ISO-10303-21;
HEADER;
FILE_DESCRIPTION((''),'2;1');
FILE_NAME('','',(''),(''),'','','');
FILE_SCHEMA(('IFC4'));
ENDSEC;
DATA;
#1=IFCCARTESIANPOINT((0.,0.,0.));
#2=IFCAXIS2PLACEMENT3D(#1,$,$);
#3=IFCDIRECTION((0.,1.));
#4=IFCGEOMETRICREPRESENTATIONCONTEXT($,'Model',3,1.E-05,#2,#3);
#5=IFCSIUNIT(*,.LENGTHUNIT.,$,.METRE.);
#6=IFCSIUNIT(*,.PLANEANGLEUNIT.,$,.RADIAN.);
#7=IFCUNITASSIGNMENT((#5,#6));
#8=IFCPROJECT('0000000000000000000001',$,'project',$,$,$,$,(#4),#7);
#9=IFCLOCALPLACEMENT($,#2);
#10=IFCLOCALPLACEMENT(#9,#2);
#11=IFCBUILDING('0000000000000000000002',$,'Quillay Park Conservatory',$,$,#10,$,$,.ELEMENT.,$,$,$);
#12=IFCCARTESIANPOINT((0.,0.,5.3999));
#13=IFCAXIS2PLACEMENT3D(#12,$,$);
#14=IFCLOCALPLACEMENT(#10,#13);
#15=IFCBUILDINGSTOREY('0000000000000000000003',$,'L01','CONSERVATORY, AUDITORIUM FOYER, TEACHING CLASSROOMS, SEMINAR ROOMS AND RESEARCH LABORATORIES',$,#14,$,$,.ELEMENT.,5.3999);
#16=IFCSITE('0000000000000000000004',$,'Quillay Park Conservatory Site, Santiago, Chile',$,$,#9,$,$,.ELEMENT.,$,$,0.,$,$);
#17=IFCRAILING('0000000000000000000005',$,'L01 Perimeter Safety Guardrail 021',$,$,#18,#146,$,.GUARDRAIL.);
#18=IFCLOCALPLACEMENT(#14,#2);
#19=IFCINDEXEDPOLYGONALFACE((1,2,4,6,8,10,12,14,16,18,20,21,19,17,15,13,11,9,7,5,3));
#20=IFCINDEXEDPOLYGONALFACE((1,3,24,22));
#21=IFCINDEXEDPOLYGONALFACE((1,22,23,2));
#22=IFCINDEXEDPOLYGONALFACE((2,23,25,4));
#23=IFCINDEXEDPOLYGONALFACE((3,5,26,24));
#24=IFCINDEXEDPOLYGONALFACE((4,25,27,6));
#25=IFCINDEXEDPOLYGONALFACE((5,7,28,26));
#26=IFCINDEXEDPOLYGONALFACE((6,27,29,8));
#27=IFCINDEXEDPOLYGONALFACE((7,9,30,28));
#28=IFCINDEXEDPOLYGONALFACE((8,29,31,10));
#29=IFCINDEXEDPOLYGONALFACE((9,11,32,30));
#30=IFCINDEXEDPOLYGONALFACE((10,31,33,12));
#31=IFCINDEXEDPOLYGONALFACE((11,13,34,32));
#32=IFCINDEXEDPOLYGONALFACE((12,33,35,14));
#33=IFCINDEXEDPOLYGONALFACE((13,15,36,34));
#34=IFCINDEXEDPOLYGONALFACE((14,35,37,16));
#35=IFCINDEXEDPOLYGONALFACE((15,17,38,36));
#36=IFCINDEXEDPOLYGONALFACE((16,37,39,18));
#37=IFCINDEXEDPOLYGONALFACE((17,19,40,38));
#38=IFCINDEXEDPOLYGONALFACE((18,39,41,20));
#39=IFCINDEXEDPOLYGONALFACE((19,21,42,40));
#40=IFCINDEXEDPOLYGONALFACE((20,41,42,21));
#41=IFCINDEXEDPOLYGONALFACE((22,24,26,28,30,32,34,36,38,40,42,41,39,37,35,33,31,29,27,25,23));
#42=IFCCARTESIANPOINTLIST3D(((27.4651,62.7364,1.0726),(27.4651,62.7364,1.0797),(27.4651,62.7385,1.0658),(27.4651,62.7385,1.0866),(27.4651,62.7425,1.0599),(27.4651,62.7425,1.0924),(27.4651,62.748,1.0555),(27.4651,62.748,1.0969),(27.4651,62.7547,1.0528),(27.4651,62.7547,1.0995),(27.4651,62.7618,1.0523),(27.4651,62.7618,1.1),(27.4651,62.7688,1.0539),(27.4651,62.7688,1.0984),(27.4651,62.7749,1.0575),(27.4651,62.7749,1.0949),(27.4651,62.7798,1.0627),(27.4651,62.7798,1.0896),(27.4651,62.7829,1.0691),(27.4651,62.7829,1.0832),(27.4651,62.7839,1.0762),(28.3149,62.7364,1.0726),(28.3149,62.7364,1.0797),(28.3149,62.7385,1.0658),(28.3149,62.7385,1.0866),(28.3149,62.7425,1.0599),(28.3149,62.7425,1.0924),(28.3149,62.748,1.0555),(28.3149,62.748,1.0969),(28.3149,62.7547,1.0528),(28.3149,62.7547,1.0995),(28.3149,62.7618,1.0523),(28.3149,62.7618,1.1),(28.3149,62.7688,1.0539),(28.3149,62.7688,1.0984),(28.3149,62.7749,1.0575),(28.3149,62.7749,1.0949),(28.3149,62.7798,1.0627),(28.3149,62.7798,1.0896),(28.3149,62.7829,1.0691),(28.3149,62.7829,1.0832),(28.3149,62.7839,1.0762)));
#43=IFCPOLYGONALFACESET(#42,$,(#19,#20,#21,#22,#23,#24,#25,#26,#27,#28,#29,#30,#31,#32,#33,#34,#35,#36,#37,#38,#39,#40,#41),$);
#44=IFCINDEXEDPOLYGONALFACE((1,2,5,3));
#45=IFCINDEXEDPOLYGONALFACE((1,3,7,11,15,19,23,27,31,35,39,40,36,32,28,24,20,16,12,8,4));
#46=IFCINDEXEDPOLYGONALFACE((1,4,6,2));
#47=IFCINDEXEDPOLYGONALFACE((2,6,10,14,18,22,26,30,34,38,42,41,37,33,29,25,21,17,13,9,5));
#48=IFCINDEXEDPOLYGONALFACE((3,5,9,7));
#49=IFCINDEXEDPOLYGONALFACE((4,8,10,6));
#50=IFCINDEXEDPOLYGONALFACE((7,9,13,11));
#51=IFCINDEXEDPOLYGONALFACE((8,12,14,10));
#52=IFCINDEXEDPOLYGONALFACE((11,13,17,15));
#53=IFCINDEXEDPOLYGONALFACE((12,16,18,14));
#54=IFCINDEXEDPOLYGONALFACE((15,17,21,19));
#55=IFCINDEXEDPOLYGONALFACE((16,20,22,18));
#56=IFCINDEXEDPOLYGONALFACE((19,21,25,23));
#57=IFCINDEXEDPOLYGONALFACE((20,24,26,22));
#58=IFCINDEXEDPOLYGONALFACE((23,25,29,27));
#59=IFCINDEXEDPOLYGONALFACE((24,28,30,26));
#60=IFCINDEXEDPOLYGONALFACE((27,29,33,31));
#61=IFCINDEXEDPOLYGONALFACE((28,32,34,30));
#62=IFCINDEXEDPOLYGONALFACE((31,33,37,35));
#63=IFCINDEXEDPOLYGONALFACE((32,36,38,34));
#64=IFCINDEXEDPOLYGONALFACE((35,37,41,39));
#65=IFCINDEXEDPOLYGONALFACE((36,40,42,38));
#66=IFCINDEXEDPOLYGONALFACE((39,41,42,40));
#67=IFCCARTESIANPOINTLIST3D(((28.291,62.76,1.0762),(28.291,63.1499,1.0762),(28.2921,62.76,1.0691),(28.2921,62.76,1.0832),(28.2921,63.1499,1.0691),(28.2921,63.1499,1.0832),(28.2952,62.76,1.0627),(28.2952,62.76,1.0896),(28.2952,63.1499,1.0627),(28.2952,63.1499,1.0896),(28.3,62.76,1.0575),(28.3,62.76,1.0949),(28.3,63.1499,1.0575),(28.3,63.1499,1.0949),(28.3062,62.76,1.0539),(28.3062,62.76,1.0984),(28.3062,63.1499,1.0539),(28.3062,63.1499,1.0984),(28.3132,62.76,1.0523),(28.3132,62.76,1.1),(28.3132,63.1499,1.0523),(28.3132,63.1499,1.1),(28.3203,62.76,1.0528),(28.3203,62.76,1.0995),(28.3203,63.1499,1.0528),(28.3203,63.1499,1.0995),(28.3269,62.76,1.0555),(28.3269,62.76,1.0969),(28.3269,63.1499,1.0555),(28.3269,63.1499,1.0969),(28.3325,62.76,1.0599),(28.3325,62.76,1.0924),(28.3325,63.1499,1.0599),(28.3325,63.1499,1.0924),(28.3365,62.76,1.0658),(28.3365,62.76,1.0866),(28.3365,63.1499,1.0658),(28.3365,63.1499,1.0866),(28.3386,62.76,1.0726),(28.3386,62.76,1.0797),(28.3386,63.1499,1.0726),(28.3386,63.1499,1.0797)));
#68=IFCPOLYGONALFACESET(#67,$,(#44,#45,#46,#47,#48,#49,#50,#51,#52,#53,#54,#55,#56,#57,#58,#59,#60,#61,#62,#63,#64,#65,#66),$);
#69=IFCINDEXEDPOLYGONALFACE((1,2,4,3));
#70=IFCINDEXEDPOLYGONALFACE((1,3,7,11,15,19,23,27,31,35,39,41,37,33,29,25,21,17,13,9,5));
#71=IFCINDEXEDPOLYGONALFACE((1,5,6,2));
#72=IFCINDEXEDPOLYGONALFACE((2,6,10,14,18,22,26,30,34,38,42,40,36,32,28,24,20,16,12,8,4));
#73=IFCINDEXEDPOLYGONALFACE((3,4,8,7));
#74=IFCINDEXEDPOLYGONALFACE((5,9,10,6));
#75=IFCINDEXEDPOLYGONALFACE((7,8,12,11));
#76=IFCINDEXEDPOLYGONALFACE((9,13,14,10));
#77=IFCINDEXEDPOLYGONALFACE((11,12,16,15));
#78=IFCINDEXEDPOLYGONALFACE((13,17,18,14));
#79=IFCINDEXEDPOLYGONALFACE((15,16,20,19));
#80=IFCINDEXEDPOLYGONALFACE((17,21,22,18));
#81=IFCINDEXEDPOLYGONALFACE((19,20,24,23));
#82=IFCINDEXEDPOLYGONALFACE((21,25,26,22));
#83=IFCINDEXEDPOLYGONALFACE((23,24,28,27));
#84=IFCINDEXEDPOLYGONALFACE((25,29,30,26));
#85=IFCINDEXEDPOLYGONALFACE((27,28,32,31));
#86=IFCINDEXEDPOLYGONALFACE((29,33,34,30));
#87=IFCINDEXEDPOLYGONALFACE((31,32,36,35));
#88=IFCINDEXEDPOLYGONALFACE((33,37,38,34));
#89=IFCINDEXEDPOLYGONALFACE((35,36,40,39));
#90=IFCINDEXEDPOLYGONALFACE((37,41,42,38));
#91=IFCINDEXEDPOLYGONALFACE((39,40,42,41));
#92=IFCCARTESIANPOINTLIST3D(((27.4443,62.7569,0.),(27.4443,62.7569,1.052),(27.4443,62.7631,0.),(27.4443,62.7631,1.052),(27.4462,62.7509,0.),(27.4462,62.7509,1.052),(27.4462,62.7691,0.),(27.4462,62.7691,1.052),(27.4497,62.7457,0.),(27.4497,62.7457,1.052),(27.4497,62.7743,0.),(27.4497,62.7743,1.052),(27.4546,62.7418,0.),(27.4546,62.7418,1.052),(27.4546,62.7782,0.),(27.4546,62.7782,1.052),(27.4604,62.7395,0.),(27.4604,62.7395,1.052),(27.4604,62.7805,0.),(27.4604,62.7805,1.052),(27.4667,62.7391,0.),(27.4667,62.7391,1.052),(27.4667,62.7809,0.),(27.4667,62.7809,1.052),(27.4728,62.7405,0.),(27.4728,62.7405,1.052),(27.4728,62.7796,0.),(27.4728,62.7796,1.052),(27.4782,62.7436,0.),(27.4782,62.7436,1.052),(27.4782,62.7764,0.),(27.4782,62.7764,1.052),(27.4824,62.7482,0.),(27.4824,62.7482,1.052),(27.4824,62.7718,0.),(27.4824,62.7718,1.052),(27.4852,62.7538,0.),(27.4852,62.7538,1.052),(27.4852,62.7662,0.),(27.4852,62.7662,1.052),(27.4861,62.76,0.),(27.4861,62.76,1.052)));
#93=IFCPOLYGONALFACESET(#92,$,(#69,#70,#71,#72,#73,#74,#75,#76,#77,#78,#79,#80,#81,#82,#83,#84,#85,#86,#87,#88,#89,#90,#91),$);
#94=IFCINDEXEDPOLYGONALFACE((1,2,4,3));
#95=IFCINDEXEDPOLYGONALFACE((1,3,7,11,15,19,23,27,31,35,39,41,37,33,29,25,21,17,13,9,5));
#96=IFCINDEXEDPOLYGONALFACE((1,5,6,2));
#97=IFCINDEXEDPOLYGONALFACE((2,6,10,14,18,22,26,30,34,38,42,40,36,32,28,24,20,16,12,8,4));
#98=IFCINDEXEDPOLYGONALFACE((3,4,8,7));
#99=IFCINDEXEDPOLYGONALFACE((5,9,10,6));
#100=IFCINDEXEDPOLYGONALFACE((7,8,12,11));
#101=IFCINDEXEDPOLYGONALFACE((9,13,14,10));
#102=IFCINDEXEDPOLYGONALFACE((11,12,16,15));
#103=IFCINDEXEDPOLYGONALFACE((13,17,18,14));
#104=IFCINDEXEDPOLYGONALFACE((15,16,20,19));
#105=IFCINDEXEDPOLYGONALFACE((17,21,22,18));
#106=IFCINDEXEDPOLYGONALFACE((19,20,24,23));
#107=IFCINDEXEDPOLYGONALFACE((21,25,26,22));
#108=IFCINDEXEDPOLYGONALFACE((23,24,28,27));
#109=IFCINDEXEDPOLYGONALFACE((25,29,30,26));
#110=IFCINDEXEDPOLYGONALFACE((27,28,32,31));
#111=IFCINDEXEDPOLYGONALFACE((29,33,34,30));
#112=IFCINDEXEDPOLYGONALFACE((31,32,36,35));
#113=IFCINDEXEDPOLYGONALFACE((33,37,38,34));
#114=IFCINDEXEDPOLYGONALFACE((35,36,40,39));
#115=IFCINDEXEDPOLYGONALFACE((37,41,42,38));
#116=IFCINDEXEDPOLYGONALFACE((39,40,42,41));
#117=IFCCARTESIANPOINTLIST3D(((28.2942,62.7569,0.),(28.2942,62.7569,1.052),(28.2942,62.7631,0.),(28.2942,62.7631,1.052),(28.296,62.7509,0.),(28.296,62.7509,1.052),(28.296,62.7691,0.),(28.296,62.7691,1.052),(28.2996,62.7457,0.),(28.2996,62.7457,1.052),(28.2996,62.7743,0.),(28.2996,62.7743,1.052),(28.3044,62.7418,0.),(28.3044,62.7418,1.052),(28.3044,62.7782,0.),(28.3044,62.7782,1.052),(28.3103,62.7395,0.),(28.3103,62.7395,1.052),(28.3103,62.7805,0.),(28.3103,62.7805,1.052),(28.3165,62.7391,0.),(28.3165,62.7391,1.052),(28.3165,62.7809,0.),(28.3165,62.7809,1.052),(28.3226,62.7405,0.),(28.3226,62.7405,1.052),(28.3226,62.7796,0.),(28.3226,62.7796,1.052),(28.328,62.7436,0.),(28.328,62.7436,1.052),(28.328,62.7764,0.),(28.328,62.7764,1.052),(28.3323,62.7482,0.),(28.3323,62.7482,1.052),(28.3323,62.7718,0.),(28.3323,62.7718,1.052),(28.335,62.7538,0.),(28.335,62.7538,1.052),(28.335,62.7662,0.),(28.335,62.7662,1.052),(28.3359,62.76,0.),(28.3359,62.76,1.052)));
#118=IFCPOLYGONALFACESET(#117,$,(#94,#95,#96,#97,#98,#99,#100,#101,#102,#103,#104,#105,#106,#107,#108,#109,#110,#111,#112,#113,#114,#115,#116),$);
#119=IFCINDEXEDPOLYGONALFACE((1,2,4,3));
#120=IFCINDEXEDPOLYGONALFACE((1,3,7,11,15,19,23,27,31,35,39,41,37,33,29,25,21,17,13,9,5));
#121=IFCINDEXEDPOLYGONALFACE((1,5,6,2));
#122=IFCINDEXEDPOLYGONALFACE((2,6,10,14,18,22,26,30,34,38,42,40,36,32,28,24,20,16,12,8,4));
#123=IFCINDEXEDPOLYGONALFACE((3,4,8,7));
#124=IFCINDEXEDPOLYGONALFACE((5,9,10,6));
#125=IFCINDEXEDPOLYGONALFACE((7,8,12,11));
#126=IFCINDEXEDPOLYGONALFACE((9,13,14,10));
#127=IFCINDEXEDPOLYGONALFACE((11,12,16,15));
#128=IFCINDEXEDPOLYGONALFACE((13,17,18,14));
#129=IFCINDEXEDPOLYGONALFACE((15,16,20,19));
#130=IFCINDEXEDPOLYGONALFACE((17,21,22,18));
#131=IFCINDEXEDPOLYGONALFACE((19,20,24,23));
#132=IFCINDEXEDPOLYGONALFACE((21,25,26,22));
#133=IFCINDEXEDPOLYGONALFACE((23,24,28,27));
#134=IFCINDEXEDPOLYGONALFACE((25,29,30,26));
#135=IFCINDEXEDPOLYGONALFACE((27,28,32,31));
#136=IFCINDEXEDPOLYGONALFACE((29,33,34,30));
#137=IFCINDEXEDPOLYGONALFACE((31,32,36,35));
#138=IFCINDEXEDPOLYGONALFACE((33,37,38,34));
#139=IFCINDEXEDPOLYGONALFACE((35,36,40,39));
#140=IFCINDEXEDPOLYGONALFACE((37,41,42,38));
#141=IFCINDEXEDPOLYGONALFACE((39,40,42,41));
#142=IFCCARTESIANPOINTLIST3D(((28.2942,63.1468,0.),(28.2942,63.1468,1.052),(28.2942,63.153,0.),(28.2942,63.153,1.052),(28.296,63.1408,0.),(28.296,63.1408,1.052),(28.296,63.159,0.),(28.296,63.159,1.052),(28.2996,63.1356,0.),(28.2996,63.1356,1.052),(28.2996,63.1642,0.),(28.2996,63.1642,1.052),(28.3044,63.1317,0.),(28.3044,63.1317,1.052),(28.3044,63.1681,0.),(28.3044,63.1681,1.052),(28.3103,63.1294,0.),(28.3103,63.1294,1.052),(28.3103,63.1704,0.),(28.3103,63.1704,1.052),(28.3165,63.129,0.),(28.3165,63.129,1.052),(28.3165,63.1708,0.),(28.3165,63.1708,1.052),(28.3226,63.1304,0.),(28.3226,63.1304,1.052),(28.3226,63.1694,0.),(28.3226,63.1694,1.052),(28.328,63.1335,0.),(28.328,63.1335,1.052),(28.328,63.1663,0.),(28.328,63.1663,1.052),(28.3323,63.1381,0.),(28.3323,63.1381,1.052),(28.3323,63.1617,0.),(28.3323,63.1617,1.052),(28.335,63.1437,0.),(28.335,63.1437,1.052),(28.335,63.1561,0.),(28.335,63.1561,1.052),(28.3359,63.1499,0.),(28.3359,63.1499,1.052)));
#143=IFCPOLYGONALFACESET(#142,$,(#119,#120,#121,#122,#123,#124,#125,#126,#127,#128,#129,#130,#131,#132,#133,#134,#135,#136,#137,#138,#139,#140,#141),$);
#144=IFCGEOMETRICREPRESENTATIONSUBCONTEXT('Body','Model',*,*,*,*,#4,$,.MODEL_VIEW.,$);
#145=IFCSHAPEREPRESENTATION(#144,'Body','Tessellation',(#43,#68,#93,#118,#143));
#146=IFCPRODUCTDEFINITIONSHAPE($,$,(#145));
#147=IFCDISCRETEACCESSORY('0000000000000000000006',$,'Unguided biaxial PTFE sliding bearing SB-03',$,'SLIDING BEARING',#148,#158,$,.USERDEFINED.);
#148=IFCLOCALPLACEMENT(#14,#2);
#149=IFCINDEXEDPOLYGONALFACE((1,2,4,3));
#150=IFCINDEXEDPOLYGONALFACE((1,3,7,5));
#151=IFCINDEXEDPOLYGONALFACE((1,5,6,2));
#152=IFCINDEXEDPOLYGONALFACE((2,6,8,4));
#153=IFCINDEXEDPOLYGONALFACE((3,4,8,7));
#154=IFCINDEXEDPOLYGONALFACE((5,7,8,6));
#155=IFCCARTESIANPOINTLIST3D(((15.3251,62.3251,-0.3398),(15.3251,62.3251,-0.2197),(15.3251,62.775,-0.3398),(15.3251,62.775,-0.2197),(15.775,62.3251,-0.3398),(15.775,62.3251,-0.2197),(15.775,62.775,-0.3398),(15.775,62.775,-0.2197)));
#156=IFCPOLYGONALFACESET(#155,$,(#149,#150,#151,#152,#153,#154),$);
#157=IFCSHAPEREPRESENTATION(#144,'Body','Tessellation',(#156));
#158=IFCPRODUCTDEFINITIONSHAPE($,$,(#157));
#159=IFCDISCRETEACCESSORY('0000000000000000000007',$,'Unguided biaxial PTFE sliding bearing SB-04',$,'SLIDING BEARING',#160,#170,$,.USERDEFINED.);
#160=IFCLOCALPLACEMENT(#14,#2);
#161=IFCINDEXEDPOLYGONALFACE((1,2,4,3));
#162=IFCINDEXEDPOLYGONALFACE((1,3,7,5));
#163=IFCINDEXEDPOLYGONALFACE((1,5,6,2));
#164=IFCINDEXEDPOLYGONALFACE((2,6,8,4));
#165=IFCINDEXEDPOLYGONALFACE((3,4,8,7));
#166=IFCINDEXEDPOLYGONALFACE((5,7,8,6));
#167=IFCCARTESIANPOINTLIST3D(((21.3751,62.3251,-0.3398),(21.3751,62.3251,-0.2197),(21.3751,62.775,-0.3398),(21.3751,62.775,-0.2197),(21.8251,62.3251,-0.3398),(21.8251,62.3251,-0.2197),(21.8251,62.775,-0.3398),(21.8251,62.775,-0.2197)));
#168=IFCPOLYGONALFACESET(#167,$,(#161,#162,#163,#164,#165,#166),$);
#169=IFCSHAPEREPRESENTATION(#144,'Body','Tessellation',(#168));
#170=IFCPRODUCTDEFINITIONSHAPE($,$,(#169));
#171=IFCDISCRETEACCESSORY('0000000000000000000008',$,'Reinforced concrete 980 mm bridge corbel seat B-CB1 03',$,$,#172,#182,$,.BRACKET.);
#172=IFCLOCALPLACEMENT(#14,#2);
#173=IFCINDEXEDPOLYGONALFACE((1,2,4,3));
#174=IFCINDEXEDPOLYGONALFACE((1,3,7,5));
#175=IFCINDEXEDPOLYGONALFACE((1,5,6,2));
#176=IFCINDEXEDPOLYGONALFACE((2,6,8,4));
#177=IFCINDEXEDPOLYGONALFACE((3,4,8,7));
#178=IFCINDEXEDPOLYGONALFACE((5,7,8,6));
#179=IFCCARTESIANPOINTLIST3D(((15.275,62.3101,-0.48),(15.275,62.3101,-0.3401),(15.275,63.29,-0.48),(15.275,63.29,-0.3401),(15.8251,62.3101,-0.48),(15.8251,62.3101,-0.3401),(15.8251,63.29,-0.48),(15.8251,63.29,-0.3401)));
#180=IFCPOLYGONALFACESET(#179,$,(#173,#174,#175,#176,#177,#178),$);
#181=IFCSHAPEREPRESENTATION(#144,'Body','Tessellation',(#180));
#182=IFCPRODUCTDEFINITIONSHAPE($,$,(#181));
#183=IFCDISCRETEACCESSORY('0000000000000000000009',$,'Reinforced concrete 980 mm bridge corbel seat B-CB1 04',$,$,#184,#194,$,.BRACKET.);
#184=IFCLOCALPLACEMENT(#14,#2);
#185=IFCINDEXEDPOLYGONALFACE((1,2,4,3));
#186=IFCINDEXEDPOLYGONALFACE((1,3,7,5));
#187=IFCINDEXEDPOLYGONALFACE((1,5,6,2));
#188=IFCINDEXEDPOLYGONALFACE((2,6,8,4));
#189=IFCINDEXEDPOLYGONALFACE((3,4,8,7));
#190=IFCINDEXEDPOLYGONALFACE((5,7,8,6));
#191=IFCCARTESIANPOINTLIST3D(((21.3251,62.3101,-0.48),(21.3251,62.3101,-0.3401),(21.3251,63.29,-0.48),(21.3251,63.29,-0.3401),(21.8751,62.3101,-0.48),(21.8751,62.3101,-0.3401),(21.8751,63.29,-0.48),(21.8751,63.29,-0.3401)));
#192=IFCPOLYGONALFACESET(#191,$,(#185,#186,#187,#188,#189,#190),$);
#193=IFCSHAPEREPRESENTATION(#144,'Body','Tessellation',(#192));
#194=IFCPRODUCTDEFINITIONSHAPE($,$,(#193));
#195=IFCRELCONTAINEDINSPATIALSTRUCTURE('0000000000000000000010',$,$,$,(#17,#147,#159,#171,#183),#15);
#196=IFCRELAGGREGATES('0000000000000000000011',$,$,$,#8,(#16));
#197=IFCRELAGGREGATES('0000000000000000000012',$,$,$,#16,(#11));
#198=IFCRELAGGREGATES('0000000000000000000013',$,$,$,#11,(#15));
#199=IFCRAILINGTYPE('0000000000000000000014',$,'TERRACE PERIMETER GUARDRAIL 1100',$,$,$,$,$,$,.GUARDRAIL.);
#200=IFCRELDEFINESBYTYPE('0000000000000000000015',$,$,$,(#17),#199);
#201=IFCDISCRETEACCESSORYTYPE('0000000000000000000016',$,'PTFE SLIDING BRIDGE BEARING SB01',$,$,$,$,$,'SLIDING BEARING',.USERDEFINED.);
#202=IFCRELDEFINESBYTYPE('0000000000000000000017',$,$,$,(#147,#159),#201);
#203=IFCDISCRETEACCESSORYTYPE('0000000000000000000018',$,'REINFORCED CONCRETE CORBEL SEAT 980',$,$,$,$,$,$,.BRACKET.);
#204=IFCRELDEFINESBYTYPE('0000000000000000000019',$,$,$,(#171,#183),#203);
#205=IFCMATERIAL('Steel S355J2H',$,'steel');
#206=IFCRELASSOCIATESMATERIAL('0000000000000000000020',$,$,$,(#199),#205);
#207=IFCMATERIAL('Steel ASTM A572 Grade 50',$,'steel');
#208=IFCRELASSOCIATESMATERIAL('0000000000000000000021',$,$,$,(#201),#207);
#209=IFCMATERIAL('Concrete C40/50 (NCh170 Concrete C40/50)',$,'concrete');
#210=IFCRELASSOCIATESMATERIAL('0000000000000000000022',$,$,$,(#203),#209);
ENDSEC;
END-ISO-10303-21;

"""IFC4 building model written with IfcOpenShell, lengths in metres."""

from ifc_helpers import new_model, si_unit, direction, frame, origin, origin_2d, place, context, subcontext, project, spatial, rectangle, circle, extrude, material, type_object, element, save


model = new_model("IFC4")

# Units and contexts
model_context = context("Model", 3, precision=1e-05, world=origin(), true_north=direction((0.0, 1.0)))
body_context = subcontext(model_context, "Body", "Model", "MODEL_VIEW")
ifc_project = project(units=[si_unit("LENGTHUNIT", "METRE"), si_unit("PLANEANGLEUNIT", "RADIAN")], contexts=[model_context])

# Site, building, storey
site_placement = place(None, origin())
site = spatial("IfcSite", under=ifc_project, at=site_placement, Name="Quillay Park Conservatory Site, Santiago, Chile", CompositionType="ELEMENT", RefElevation=0.0)
building_placement = place(site_placement, origin())
building = spatial("IfcBuilding", under=site, at=building_placement, Name="Quillay Park Conservatory", CompositionType="ELEMENT")
storey_placement = place(building_placement, frame((0.0, 0.0, 5.3999)))
storey = spatial("IfcBuildingStorey", under=building, at=storey_placement, Name="L01", Description="CONSERVATORY, AUDITORIUM FOYER, TEACHING CLASSROOMS, SEMINAR ROOMS AND RESEARCH LABORATORIES", CompositionType="ELEMENT", Elevation=5.3999)

# Railing
ifc_material_1 = material(Name="Steel S355J2H", Category="steel")
railing_type = type_object("IfcRailingType", Name="TERRACE PERIMETER GUARDRAIL 1100", PredefinedType="GUARDRAIL", material=ifc_material_1)
railing_placement = place(storey_placement, frame((27.4651, 62.76, 0.0)))
element("IfcRailing", 1, at=railing_placement, inside=storey, type_object=railing_type, Name="L01 Perimeter Safety Guardrail 021", PredefinedType="GUARDRAIL", context=body_context, shape_type="SweptSolid", body=[
    extrude(circle(Radius=0.0239, at=origin_2d()), frame((0.0, 0.0, 1.0762), z_axis=(1.0, 0.0, 0.0), x_axis=(0.0, 1.0, 0.0)), (0.0, 0.0, 1.0), 0.8499),
    extrude(circle(Radius=0.0239, at=origin_2d()), frame((0.8499, 0.0, 1.0762), z_axis=(0.0, 1.0, 0.0), x_axis=(-1.0, 0.0, 0.0)), (0.0, 0.0, 1.0), 0.3899),
    extrude(circle(Radius=0.021, at=origin_2d()), origin(), (0.0, 0.0, 1.0), 1.052),
    extrude(circle(Radius=0.021, at=origin_2d()), frame((0.8499, 0.0, 0.0)), (0.0, 0.0, 1.0), 1.052),
    extrude(circle(Radius=0.021, at=origin_2d()), frame((0.8499, 0.3899, 0.0)), (0.0, 0.0, 1.0), 1.052),
])

# Discrete accessories
ifc_material_2 = material(Name="Steel ASTM A572 Grade 50", Category="steel")
discrete_accessory_type_1 = type_object("IfcDiscreteAccessoryType", Name="PTFE SLIDING BRIDGE BEARING SB01", ElementType="SLIDING BEARING", PredefinedType="USERDEFINED", material=ifc_material_2)
for number, where, z_axis, x_axis, name in (
    (2, (15.55, 62.55, -0.3398), (0.0, 0.0, 1.0), (1.0, 0.0, 0.0), "Unguided biaxial PTFE sliding bearing SB-03"),
    (3, (21.6001, 62.55, -0.3398), (0.0, 0.0, 1.0), (1.0, 0.0, 0.0), "Unguided biaxial PTFE sliding bearing SB-04"),
):
    element("IfcDiscreteAccessory", number, at=place(storey_placement, frame(where, z_axis=z_axis, x_axis=x_axis)), inside=storey, type_object=discrete_accessory_type_1, Name=name, ObjectType="SLIDING BEARING", PredefinedType="USERDEFINED", context=body_context, shape_type="SweptSolid", body=[
        extrude(rectangle(XDim=0.45, YDim=0.45, at=origin_2d()), origin(), (0.0, 0.0, 1.0), 0.1201),
    ])
ifc_material_3 = material(Name="Concrete C40/50 (NCh170 Concrete C40/50)", Category="concrete")
discrete_accessory_type_2 = type_object("IfcDiscreteAccessoryType", Name="REINFORCED CONCRETE CORBEL SEAT 980", PredefinedType="BRACKET", material=ifc_material_3)
for number, where, z_axis, x_axis, name in (
    (4, (15.55, 62.8, -0.48), (0.0, 0.0, 1.0), (1.0, 0.0, 0.0), "Reinforced concrete 980 mm bridge corbel seat B-CB1 03"),
    (5, (21.6001, 62.8, -0.48), (0.0, 0.0, 1.0), (1.0, 0.0, 0.0), "Reinforced concrete 980 mm bridge corbel seat B-CB1 04"),
):
    element("IfcDiscreteAccessory", number, at=place(storey_placement, frame(where, z_axis=z_axis, x_axis=x_axis)), inside=storey, type_object=discrete_accessory_type_2, Name=name, PredefinedType="BRACKET", context=body_context, shape_type="SweptSolid", body=[
        extrude(rectangle(XDim=0.55, YDim=0.98, at=origin_2d()), origin(), (0.0, 0.0, 1.0), 0.1399),
    ])

save(model, "model.ifc")
